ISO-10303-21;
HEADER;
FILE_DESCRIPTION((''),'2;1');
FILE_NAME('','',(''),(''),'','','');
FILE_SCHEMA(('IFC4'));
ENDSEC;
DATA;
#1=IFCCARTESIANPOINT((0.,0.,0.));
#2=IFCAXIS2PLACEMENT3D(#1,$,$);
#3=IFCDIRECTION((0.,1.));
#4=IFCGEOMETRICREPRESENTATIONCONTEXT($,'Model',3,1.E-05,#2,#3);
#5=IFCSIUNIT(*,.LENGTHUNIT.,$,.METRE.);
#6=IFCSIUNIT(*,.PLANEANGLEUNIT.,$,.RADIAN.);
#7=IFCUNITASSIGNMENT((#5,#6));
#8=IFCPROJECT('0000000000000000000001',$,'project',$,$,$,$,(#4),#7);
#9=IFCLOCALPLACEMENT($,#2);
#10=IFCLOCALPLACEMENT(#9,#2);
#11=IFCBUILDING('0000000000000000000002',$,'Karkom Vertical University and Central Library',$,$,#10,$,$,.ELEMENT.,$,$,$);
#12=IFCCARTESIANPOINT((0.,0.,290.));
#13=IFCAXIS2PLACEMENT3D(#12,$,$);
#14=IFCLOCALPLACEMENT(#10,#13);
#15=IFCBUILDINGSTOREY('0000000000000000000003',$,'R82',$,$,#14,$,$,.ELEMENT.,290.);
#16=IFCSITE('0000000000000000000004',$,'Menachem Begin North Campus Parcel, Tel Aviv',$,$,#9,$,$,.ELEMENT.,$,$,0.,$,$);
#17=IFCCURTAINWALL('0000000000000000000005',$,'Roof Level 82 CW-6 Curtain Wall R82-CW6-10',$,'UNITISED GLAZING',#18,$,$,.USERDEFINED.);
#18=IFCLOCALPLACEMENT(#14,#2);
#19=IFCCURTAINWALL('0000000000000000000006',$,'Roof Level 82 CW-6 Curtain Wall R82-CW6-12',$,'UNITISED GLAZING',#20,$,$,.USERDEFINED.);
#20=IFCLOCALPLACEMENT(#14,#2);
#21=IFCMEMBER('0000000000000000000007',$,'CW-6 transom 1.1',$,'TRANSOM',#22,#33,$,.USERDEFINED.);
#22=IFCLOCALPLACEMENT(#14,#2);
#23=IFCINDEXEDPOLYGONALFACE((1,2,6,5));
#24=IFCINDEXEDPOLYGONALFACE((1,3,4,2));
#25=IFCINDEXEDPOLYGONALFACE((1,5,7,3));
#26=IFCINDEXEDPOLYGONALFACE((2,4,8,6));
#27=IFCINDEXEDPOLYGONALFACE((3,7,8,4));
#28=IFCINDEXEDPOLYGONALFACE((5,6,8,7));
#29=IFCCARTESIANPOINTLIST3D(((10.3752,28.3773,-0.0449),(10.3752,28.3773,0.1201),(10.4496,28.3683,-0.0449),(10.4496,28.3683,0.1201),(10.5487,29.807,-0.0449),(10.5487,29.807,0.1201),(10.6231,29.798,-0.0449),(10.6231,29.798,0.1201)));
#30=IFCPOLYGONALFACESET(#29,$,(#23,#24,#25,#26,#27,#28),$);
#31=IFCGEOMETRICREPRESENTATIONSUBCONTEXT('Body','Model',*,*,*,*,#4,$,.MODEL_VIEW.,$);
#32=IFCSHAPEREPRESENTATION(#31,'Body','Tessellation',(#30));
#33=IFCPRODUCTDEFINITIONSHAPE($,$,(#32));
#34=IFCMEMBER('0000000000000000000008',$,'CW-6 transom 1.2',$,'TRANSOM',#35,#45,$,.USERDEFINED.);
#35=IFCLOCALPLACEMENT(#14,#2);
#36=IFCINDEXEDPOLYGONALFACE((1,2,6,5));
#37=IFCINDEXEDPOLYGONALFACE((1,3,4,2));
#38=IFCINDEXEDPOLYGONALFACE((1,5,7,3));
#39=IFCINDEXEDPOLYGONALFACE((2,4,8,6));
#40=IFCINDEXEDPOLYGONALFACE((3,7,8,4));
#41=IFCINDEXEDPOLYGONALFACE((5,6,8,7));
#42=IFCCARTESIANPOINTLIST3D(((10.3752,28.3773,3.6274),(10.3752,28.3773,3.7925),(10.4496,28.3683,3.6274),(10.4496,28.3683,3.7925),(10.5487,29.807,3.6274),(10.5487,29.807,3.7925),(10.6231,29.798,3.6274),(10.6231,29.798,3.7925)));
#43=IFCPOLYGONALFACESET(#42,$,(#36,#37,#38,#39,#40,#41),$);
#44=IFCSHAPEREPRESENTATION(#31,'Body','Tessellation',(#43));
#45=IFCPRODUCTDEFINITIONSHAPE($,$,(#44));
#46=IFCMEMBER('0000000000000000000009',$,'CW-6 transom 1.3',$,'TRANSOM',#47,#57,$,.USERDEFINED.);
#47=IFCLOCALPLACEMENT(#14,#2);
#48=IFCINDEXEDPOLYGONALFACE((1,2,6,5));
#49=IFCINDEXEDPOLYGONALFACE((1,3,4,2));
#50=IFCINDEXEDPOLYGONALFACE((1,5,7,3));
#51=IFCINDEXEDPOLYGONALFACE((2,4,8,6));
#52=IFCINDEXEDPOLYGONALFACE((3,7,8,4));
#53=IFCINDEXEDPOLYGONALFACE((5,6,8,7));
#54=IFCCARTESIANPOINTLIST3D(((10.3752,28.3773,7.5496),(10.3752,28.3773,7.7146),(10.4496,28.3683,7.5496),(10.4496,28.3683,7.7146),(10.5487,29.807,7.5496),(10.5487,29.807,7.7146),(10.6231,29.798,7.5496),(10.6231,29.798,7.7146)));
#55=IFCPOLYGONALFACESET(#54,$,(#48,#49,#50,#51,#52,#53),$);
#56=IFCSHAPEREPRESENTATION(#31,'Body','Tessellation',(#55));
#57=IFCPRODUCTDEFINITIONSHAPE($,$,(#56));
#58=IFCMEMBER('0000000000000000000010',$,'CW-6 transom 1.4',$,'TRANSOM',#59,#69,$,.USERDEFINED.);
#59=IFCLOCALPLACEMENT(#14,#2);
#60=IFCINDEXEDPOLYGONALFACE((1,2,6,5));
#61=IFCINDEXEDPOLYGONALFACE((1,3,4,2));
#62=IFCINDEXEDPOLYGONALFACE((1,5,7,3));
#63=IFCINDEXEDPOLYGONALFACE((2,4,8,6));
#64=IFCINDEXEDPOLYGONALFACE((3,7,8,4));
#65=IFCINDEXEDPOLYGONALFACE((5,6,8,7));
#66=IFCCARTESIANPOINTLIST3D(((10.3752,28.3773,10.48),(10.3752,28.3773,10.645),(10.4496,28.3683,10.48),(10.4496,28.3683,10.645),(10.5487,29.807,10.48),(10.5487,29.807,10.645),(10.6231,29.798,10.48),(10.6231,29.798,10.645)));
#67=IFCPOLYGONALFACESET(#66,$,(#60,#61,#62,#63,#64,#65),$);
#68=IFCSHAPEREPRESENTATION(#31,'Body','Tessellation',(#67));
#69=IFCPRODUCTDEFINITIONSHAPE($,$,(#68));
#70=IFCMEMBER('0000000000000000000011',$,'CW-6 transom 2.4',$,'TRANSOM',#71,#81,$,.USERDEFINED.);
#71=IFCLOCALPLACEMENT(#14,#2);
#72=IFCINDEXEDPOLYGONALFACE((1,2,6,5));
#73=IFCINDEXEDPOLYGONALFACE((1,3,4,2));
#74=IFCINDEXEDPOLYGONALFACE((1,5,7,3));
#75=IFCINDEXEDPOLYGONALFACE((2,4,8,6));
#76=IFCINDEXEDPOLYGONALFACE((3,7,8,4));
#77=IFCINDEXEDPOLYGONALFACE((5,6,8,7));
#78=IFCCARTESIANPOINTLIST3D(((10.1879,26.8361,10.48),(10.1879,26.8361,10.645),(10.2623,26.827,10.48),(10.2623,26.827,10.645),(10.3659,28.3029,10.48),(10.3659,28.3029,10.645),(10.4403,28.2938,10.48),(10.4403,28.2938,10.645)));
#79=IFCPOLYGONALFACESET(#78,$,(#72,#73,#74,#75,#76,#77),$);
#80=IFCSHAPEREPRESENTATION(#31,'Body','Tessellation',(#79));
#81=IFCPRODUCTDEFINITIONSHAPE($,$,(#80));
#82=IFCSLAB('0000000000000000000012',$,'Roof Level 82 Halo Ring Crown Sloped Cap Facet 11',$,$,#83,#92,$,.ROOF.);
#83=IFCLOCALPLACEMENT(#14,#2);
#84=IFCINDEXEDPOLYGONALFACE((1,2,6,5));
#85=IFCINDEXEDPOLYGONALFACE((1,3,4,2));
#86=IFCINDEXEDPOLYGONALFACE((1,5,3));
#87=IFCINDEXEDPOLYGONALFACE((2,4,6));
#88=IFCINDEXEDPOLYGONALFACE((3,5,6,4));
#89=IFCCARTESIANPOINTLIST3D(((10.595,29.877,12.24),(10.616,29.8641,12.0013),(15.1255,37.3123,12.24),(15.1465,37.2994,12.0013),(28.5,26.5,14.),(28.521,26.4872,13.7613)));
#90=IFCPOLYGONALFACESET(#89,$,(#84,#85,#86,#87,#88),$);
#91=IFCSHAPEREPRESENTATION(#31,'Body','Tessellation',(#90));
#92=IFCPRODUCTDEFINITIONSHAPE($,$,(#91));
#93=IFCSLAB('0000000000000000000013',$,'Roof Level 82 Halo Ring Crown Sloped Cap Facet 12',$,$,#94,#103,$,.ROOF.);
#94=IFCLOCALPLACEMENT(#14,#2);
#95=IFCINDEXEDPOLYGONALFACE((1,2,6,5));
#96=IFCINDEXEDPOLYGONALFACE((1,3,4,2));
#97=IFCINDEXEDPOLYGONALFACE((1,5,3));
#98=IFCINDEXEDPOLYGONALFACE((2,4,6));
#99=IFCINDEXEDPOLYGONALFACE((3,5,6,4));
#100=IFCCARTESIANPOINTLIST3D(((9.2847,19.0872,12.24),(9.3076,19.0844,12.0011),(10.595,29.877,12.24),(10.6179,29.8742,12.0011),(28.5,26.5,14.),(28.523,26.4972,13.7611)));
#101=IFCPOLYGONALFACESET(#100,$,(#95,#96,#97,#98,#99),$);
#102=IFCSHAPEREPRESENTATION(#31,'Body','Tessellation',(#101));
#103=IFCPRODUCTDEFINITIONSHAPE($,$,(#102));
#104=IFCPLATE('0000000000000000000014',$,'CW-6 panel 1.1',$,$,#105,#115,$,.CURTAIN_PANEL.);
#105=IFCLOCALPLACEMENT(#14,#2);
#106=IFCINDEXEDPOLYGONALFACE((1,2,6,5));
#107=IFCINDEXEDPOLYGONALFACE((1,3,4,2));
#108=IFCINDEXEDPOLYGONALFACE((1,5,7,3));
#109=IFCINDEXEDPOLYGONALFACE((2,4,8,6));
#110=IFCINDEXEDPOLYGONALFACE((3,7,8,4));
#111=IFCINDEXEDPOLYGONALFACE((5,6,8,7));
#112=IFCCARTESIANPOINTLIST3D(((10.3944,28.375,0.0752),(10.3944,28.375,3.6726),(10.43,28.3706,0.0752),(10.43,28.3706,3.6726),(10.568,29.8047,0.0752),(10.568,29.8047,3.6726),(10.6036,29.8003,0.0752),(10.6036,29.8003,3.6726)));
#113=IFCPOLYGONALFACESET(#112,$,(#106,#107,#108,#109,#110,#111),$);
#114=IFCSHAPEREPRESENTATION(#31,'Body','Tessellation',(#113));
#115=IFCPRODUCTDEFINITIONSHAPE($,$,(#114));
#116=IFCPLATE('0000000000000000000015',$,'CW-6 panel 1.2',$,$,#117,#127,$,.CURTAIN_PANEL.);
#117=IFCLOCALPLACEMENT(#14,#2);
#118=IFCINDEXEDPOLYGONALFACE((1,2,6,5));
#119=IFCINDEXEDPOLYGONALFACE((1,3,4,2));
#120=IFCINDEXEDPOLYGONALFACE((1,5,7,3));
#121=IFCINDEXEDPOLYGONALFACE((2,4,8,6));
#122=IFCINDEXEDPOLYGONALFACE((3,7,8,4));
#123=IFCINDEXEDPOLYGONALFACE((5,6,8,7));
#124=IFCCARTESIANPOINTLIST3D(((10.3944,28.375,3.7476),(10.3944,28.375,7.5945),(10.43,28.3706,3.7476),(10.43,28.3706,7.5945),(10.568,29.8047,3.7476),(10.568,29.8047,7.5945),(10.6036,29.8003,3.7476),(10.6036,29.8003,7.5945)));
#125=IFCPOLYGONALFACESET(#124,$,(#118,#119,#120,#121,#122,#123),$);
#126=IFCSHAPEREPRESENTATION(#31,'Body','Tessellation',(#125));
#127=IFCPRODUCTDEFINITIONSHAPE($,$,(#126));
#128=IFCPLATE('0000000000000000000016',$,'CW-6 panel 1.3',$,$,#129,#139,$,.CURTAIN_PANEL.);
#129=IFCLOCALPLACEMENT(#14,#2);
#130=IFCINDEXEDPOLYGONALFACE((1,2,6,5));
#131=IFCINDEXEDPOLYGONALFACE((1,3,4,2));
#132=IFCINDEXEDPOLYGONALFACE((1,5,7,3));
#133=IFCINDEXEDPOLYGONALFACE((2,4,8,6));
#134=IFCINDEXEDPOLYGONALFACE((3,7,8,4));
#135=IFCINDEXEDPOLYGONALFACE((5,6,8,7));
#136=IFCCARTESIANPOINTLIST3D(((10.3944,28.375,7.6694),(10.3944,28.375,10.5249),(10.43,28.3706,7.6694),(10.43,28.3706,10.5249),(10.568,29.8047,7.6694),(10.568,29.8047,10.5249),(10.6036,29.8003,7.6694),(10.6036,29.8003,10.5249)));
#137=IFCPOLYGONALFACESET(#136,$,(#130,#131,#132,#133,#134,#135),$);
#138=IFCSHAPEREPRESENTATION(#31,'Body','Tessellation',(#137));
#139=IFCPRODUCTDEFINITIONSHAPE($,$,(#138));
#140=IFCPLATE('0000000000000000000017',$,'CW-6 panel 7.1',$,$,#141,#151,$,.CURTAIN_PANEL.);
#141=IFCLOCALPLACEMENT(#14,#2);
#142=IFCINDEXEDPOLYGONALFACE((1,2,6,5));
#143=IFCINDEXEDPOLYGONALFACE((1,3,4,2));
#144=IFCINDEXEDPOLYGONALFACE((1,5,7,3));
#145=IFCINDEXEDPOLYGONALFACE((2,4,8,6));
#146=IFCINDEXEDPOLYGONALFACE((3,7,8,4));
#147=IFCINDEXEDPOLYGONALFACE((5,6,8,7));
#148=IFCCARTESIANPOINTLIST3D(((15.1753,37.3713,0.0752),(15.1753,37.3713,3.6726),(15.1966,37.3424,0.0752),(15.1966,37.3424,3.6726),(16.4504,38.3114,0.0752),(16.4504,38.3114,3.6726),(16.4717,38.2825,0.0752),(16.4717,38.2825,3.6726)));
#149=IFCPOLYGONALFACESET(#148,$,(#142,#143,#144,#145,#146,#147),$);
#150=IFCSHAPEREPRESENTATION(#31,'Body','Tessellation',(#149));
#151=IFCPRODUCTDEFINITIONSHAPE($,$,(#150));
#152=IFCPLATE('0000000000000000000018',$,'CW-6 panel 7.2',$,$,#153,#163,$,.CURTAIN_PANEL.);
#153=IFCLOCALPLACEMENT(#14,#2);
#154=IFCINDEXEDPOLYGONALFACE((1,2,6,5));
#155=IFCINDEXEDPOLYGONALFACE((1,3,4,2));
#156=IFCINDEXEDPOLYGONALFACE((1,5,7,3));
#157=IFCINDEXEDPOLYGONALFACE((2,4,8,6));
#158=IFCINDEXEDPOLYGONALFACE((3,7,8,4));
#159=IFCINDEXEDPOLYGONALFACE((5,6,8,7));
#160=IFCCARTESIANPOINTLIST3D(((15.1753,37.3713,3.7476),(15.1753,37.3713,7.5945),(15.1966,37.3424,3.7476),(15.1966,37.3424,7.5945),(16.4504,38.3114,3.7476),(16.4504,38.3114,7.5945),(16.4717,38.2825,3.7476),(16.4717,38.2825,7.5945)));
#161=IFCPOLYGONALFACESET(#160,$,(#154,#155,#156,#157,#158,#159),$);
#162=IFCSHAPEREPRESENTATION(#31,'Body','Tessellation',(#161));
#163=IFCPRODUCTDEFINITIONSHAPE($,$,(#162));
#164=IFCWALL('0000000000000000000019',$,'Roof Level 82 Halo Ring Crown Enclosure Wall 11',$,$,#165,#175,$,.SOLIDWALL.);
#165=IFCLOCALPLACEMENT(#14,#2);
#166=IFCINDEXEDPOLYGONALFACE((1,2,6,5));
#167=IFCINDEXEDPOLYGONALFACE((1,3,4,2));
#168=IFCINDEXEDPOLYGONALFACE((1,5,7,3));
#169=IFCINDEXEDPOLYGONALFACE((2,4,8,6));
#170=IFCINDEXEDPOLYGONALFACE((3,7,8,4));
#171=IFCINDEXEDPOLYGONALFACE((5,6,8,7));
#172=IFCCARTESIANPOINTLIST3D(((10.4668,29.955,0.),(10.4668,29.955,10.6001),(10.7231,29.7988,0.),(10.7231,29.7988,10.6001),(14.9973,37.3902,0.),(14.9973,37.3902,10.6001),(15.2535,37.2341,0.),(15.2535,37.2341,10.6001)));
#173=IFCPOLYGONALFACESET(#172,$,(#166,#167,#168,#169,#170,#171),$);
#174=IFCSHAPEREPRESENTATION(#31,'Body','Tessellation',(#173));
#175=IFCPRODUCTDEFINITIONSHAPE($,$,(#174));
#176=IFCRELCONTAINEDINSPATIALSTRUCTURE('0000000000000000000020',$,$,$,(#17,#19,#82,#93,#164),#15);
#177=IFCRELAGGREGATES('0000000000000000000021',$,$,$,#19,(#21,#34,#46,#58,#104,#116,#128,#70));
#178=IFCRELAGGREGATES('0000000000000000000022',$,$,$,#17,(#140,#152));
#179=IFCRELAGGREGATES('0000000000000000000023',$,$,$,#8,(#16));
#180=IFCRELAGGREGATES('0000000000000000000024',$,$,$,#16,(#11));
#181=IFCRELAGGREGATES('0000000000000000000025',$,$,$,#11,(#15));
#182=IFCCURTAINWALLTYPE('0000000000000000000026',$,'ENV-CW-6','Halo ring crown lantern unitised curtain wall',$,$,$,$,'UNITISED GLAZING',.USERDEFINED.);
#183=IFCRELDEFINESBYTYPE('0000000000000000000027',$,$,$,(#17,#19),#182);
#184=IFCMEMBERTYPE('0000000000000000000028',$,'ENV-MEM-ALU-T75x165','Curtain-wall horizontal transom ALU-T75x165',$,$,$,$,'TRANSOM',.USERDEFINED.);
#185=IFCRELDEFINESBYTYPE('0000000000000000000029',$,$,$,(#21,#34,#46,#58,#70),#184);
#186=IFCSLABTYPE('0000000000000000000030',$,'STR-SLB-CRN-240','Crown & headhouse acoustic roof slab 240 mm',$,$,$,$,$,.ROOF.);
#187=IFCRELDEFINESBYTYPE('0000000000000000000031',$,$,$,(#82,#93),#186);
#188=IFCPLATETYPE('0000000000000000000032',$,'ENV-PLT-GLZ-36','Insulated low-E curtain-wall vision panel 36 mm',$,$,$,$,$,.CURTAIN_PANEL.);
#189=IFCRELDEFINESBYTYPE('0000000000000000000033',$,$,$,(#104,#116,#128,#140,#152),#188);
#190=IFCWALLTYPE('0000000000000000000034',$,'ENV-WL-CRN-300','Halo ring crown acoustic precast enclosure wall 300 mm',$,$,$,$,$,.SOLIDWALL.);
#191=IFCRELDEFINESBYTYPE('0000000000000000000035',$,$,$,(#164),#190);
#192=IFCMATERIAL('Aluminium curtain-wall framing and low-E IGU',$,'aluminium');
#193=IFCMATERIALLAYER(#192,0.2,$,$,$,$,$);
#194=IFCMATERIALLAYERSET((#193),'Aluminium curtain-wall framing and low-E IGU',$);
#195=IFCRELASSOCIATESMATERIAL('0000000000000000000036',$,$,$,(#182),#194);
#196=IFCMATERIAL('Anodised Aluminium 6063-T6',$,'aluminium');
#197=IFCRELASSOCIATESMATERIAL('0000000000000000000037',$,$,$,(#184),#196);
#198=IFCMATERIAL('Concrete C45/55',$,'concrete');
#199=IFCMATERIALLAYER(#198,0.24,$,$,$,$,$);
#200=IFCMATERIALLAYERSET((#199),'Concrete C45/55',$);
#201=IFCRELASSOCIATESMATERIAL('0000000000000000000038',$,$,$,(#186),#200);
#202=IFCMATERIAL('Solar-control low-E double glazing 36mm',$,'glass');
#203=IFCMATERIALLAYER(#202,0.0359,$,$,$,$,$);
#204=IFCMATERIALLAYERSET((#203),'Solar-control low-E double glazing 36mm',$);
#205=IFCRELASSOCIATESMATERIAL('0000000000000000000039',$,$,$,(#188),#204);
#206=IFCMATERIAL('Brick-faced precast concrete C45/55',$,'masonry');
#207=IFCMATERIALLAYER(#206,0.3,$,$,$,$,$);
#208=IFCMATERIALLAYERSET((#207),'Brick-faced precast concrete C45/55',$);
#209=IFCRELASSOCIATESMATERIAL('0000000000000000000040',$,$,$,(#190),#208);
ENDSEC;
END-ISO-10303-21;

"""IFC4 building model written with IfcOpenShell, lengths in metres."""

from ifc_helpers import new_model, si_unit, direction, frame, frame_2d, origin, origin_with_axes, origin_2d, place, context, subcontext, project, spatial, polyline, rectangle, outline, extrude, source, transform, mapped, material, layer, layer_set, material_profile, profile_set, type_object, element, aggregate, save


model = new_model("IFC4")

# Units and contexts
model_context = context("Model", 3, precision=1e-05, world=origin(), true_north=direction((0.0, 1.0)))
body_context = subcontext(model_context, "Body", "Model", "MODEL_VIEW")
ifc_project = project(units=[si_unit("LENGTHUNIT", "METRE"), si_unit("PLANEANGLEUNIT", "RADIAN")], contexts=[model_context])

# Site, building, storey
site_placement = place(None, origin())
site = spatial("IfcSite", under=ifc_project, at=site_placement, Name="Menachem Begin North Campus Parcel, Tel Aviv", CompositionType="ELEMENT", RefElevation=0.0)
building_placement = place(site_placement, origin())
building = spatial("IfcBuilding", under=site, at=building_placement, Name="Karkom Vertical University and Central Library", CompositionType="ELEMENT")
storey_placement = place(building_placement, frame((0.0, 0.0, 290.0)))
storey = spatial("IfcBuildingStorey", under=building, at=storey_placement, Name="R82", CompositionType="ELEMENT", Elevation=290.0)

# Shared definitions
ifc_material_1 = material(Name="Concrete C45/55", Category="concrete")

# Curtain wall
ifc_material_2 = material(Name="Aluminium curtain-wall framing and low-E IGU", Category="aluminium")
ifc_layer_1 = layer(ifc_material_2, 0.2)
ifc_layer_set_1 = layer_set([ifc_layer_1], Name="Aluminium curtain-wall framing and low-E IGU")
curtain_wall_type = type_object("IfcCurtainWallType", Name="ENV-CW-6", Description="Halo ring crown lantern unitised curtain wall", ElementType="UNITISED GLAZING", PredefinedType="USERDEFINED", material=ifc_layer_set_1)
curtain_wall_1_placement = place(storey_placement, origin())
curtain_wall_1 = element("IfcCurtainWall", 1, at=curtain_wall_1_placement, inside=storey, type_object=curtain_wall_type, Name="Roof Level 82 CW-6 Curtain Wall R82-CW6-10", ObjectType="UNITISED GLAZING", PredefinedType="USERDEFINED")
ifc_material_3 = material(Name="Anodised Aluminium 6063-T6", Category="aluminium")

# Curtain wall, members
curtain_wall_2_placement = place(storey_placement, origin())
curtain_wall_2 = element("IfcCurtainWall", 2, at=curtain_wall_2_placement, inside=storey, type_object=curtain_wall_type, Name="Roof Level 82 CW-6 Curtain Wall R82-CW6-12", ObjectType="UNITISED GLAZING", PredefinedType="USERDEFINED")
ifc_material_profile_1 = material_profile(ifc_material_3, rectangle(XDim=0.075, YDim=0.165, at=origin_2d()), Name="ALU-T75x165")
ifc_profile_set_1 = profile_set([ifc_material_profile_1], Name="Anodised Aluminium 6063-T6")
member_type_1 = type_object("IfcMemberType", Name="ENV-MEM-ALU-T75x165", Description="Curtain-wall horizontal transom ALU-T75x165", ElementType="TRANSOM", PredefinedType="USERDEFINED", material=ifc_profile_set_1)
shared_shape_1 = source(origin_with_axes(), body_context, "Body", "SweptSolid", [
    extrude(rectangle(XDim=0.075, YDim=0.165, at=origin_2d()), origin(), (0.0, 0.0, 1.0), 1.4402),
])
member_1_placement = place(storey_placement, frame((10.5859, 29.8025, 0.0376), z_axis=(-0.120529, -0.99271, 0.0), x_axis=(0.99271, -0.120529, 0.0)))
member_1 = element("IfcMember", 3, at=member_1_placement, type_object=member_type_1, Name="CW-6 transom 1.1", ObjectType="TRANSOM", PredefinedType="USERDEFINED", context=body_context, shape_type="MappedRepresentation", body=[
    mapped(shared_shape_1, transform((0.0, 0.0, 0.0), scale=1.0)),
])
member_2_placement = place(storey_placement, frame((10.5859, 29.8025, 3.71), z_axis=(-0.120529, -0.99271, 0.0), x_axis=(0.99271, -0.120529, 0.0)))
member_2 = element("IfcMember", 4, at=member_2_placement, type_object=member_type_1, Name="CW-6 transom 1.2", ObjectType="TRANSOM", PredefinedType="USERDEFINED", context=body_context, shape_type="MappedRepresentation", body=[
    mapped(shared_shape_1, transform((0.0, 0.0, 0.0), scale=1.0)),
])
member_3_placement = place(storey_placement, frame((10.5859, 29.8025, 7.6321), z_axis=(-0.120529, -0.99271, 0.0), x_axis=(0.99271, -0.120529, 0.0)))
member_3 = element("IfcMember", 5, at=member_3_placement, type_object=member_type_1, Name="CW-6 transom 1.3", ObjectType="TRANSOM", PredefinedType="USERDEFINED", context=body_context, shape_type="MappedRepresentation", body=[
    mapped(shared_shape_1, transform((0.0, 0.0, 0.0), scale=1.0)),
])
member_4_placement = place(storey_placement, frame((10.5859, 29.8025, 10.5625), z_axis=(-0.120529, -0.99271, 0.0), x_axis=(0.99271, -0.120529, 0.0)))
member_4 = element("IfcMember", 6, at=member_4_placement, type_object=member_type_1, Name="CW-6 transom 1.4", ObjectType="TRANSOM", PredefinedType="USERDEFINED", context=body_context, shape_type="MappedRepresentation", body=[
    mapped(shared_shape_1, transform((0.0, 0.0, 0.0), scale=1.0)),
])
shared_shape_2 = source(origin_with_axes(), body_context, "Body", "SweptSolid", [
    extrude(rectangle(XDim=0.075, YDim=0.165, at=origin_2d()), origin(), (0.0, 0.0, 1.0), 1.4775),
])
member_5_placement = place(storey_placement, frame((10.4031, 28.2983, 10.5625), z_axis=(-0.120455, -0.992719, 0.0), x_axis=(0.992719, -0.120455, 0.0)))
member_5 = element("IfcMember", 7, at=member_5_placement, type_object=member_type_1, Name="CW-6 transom 2.4", ObjectType="TRANSOM", PredefinedType="USERDEFINED", context=body_context, shape_type="MappedRepresentation", body=[
    mapped(shared_shape_2, transform((0.0, 0.0, 0.0), scale=1.0)),
])

# Slabs
ifc_layer_2 = layer(ifc_material_1, 0.24)
ifc_layer_set_2 = layer_set([ifc_layer_2], Name="Concrete C45/55")
slab_type = type_object("IfcSlabType", Name="STR-SLB-CRN-240", Description="Crown & headhouse acoustic roof slab 240 mm", PredefinedType="ROOF", material=ifc_layer_set_2)
slab_1_placement = place(storey_placement, frame((15.1255, 37.3123, 12.24), z_axis=(-0.087699, 0.053437, 0.994713), x_axis=(-0.520339, -0.85396, 0.0)))
element("IfcSlab", 8, at=slab_1_placement, inside=storey, type_object=slab_type, Name="Roof Level 82 Halo Ring Crown Sloped Cap Facet 11", PredefinedType="ROOF", context=body_context, shape_type="SweptSolid", body=[
    extrude(outline(polyline([(0.0, 0.0), (8.7069, 0.0), (2.2739, 17.1379), (0.0, 0.0)])), origin(), (0.0, 0.0, -1.0), 0.24),
])
slab_2_placement = place(storey_placement, frame((10.595, 29.877, 12.24), z_axis=(-0.095649, 0.011616, 0.995347), x_axis=(-0.120553, -0.992707, 0.0)))
element("IfcSlab", 9, at=slab_2_placement, inside=storey, type_object=slab_type, Name="Roof Level 82 Halo Ring Crown Sloped Cap Facet 12", PredefinedType="ROOF", context=body_context, shape_type="SweptSolid", body=[
    extrude(outline(polyline([(0.0, 0.0), (10.8691, 0.0), (1.1938, 18.2665), (0.0, 0.0)])), origin(), (0.0, 0.0, -1.0), 0.24),
])

# Plates
ifc_material_4 = material(Name="Solar-control low-E double glazing 36mm", Category="glass")
ifc_layer_3 = layer(ifc_material_4, 0.0359)
ifc_layer_set_3 = layer_set([ifc_layer_3], Name="Solar-control low-E double glazing 36mm")
plate_type = type_object("IfcPlateType", Name="ENV-PLT-GLZ-36", Description="Insulated low-E curtain-wall vision panel 36 mm", PredefinedType="CURTAIN_PANEL", material=ifc_layer_set_3)
shared_shape_3 = source(origin_with_axes(), body_context, "Body", "SweptSolid", [
    extrude(rectangle(XDim=1.4402, YDim=0.0359, at=origin_2d()), origin(), (0.0, 0.0, 1.0), 3.5974),
])
plate_1_placement = place(storey_placement, frame((10.499, 29.0876, 0.0752), z_axis=(0.0, 0.0, 1.0), x_axis=(-0.120553, -0.992707, 0.0)))
plate_1 = element("IfcPlate", 10, at=plate_1_placement, type_object=plate_type, Name="CW-6 panel 1.1", PredefinedType="CURTAIN_PANEL", context=body_context, shape_type="MappedRepresentation", body=[
    mapped(shared_shape_3, transform((0.0, 0.0, 0.0), scale=1.0)),
])
shared_shape_4 = source(origin_with_axes(), body_context, "Body", "SweptSolid", [
    extrude(rectangle(XDim=1.4402, YDim=0.0359, at=origin_2d()), origin(), (0.0, 0.0, 1.0), 3.8469),
])
plate_2_placement = place(storey_placement, frame((10.499, 29.0876, 3.7476), z_axis=(0.0, 0.0, 1.0), x_axis=(-0.120553, -0.992707, 0.0)))
plate_2 = element("IfcPlate", 11, at=plate_2_placement, type_object=plate_type, Name="CW-6 panel 1.2", PredefinedType="CURTAIN_PANEL", context=body_context, shape_type="MappedRepresentation", body=[
    mapped(shared_shape_4, transform((0.0, 0.0, 0.0), scale=1.0)),
])
shared_shape_5 = source(origin_with_axes(), body_context, "Body", "SweptSolid", [
    extrude(rectangle(XDim=1.4402, YDim=0.0359, at=origin_2d()), origin(), (0.0, 0.0, 1.0), 2.8555),
])
plate_3_placement = place(storey_placement, frame((10.499, 29.0876, 7.6694), z_axis=(0.0, 0.0, 1.0), x_axis=(-0.120553, -0.992707, 0.0)))
plate_3 = element("IfcPlate", 12, at=plate_3_placement, type_object=plate_type, Name="CW-6 panel 1.3", PredefinedType="CURTAIN_PANEL", context=body_context, shape_type="MappedRepresentation", body=[
    mapped(shared_shape_5, transform((0.0, 0.0, 0.0), scale=1.0)),
])
aggregate(curtain_wall_2, [member_1, member_2, member_3, member_4, plate_1, plate_2, plate_3, member_5])
shared_shape_6 = source(origin_with_axes(), body_context, "Body", "SweptSolid", [
    extrude(rectangle(XDim=1.5842, YDim=0.0359, at=origin_2d()), origin(), (0.0, 0.0, 1.0), 3.5974),
])
plate_4_placement = place(storey_placement, frame((15.8235, 37.8269, 0.0752), z_axis=(0.0, 0.0, 1.0), x_axis=(-0.804887, -0.593428, 0.0)))
plate_4 = element("IfcPlate", 13, at=plate_4_placement, type_object=plate_type, Name="CW-6 panel 7.1", PredefinedType="CURTAIN_PANEL", context=body_context, shape_type="MappedRepresentation", body=[
    mapped(shared_shape_6, transform((0.0, 0.0, 0.0), scale=1.0)),
])
shared_shape_7 = source(origin_with_axes(), body_context, "Body", "SweptSolid", [
    extrude(rectangle(XDim=1.5842, YDim=0.0359, at=origin_2d()), origin(), (0.0, 0.0, 1.0), 3.8469),
])
plate_5_placement = place(storey_placement, frame((15.8235, 37.8269, 3.7476), z_axis=(0.0, 0.0, 1.0), x_axis=(-0.804887, -0.593428, 0.0)))
plate_5 = element("IfcPlate", 14, at=plate_5_placement, type_object=plate_type, Name="CW-6 panel 7.2", PredefinedType="CURTAIN_PANEL", context=body_context, shape_type="MappedRepresentation", body=[
    mapped(shared_shape_7, transform((0.0, 0.0, 0.0), scale=1.0)),
])
aggregate(curtain_wall_1, [plate_4, plate_5])

# Wall
ifc_material_5 = material(Name="Brick-faced precast concrete C45/55", Category="masonry")
ifc_layer_4 = layer(ifc_material_5, 0.3)
ifc_layer_set_4 = layer_set([ifc_layer_4], Name="Brick-faced precast concrete C45/55")
wall_type = type_object("IfcWallType", Name="ENV-WL-CRN-300", Description="Halo ring crown acoustic precast enclosure wall 300 mm", PredefinedType="SOLIDWALL", material=ifc_layer_set_4)
wall_placement = place(storey_placement, frame((15.1255, 37.3123, 0.0), z_axis=(0.0, 0.0, 1.0), x_axis=(-0.520339, -0.85396, 0.0)))
element("IfcWall", 15, at=wall_placement, inside=storey, type_object=wall_type, Name="Roof Level 82 Halo Ring Crown Enclosure Wall 11", PredefinedType="SOLIDWALL", context=body_context, shape_type="SweptSolid", body=[
    extrude(rectangle(XDim=8.7068, YDim=0.3, at=frame_2d((4.3535, 0.0))), origin(), (0.0, 0.0, 1.0), 10.6001),
])

save(model, "model.ifc")
